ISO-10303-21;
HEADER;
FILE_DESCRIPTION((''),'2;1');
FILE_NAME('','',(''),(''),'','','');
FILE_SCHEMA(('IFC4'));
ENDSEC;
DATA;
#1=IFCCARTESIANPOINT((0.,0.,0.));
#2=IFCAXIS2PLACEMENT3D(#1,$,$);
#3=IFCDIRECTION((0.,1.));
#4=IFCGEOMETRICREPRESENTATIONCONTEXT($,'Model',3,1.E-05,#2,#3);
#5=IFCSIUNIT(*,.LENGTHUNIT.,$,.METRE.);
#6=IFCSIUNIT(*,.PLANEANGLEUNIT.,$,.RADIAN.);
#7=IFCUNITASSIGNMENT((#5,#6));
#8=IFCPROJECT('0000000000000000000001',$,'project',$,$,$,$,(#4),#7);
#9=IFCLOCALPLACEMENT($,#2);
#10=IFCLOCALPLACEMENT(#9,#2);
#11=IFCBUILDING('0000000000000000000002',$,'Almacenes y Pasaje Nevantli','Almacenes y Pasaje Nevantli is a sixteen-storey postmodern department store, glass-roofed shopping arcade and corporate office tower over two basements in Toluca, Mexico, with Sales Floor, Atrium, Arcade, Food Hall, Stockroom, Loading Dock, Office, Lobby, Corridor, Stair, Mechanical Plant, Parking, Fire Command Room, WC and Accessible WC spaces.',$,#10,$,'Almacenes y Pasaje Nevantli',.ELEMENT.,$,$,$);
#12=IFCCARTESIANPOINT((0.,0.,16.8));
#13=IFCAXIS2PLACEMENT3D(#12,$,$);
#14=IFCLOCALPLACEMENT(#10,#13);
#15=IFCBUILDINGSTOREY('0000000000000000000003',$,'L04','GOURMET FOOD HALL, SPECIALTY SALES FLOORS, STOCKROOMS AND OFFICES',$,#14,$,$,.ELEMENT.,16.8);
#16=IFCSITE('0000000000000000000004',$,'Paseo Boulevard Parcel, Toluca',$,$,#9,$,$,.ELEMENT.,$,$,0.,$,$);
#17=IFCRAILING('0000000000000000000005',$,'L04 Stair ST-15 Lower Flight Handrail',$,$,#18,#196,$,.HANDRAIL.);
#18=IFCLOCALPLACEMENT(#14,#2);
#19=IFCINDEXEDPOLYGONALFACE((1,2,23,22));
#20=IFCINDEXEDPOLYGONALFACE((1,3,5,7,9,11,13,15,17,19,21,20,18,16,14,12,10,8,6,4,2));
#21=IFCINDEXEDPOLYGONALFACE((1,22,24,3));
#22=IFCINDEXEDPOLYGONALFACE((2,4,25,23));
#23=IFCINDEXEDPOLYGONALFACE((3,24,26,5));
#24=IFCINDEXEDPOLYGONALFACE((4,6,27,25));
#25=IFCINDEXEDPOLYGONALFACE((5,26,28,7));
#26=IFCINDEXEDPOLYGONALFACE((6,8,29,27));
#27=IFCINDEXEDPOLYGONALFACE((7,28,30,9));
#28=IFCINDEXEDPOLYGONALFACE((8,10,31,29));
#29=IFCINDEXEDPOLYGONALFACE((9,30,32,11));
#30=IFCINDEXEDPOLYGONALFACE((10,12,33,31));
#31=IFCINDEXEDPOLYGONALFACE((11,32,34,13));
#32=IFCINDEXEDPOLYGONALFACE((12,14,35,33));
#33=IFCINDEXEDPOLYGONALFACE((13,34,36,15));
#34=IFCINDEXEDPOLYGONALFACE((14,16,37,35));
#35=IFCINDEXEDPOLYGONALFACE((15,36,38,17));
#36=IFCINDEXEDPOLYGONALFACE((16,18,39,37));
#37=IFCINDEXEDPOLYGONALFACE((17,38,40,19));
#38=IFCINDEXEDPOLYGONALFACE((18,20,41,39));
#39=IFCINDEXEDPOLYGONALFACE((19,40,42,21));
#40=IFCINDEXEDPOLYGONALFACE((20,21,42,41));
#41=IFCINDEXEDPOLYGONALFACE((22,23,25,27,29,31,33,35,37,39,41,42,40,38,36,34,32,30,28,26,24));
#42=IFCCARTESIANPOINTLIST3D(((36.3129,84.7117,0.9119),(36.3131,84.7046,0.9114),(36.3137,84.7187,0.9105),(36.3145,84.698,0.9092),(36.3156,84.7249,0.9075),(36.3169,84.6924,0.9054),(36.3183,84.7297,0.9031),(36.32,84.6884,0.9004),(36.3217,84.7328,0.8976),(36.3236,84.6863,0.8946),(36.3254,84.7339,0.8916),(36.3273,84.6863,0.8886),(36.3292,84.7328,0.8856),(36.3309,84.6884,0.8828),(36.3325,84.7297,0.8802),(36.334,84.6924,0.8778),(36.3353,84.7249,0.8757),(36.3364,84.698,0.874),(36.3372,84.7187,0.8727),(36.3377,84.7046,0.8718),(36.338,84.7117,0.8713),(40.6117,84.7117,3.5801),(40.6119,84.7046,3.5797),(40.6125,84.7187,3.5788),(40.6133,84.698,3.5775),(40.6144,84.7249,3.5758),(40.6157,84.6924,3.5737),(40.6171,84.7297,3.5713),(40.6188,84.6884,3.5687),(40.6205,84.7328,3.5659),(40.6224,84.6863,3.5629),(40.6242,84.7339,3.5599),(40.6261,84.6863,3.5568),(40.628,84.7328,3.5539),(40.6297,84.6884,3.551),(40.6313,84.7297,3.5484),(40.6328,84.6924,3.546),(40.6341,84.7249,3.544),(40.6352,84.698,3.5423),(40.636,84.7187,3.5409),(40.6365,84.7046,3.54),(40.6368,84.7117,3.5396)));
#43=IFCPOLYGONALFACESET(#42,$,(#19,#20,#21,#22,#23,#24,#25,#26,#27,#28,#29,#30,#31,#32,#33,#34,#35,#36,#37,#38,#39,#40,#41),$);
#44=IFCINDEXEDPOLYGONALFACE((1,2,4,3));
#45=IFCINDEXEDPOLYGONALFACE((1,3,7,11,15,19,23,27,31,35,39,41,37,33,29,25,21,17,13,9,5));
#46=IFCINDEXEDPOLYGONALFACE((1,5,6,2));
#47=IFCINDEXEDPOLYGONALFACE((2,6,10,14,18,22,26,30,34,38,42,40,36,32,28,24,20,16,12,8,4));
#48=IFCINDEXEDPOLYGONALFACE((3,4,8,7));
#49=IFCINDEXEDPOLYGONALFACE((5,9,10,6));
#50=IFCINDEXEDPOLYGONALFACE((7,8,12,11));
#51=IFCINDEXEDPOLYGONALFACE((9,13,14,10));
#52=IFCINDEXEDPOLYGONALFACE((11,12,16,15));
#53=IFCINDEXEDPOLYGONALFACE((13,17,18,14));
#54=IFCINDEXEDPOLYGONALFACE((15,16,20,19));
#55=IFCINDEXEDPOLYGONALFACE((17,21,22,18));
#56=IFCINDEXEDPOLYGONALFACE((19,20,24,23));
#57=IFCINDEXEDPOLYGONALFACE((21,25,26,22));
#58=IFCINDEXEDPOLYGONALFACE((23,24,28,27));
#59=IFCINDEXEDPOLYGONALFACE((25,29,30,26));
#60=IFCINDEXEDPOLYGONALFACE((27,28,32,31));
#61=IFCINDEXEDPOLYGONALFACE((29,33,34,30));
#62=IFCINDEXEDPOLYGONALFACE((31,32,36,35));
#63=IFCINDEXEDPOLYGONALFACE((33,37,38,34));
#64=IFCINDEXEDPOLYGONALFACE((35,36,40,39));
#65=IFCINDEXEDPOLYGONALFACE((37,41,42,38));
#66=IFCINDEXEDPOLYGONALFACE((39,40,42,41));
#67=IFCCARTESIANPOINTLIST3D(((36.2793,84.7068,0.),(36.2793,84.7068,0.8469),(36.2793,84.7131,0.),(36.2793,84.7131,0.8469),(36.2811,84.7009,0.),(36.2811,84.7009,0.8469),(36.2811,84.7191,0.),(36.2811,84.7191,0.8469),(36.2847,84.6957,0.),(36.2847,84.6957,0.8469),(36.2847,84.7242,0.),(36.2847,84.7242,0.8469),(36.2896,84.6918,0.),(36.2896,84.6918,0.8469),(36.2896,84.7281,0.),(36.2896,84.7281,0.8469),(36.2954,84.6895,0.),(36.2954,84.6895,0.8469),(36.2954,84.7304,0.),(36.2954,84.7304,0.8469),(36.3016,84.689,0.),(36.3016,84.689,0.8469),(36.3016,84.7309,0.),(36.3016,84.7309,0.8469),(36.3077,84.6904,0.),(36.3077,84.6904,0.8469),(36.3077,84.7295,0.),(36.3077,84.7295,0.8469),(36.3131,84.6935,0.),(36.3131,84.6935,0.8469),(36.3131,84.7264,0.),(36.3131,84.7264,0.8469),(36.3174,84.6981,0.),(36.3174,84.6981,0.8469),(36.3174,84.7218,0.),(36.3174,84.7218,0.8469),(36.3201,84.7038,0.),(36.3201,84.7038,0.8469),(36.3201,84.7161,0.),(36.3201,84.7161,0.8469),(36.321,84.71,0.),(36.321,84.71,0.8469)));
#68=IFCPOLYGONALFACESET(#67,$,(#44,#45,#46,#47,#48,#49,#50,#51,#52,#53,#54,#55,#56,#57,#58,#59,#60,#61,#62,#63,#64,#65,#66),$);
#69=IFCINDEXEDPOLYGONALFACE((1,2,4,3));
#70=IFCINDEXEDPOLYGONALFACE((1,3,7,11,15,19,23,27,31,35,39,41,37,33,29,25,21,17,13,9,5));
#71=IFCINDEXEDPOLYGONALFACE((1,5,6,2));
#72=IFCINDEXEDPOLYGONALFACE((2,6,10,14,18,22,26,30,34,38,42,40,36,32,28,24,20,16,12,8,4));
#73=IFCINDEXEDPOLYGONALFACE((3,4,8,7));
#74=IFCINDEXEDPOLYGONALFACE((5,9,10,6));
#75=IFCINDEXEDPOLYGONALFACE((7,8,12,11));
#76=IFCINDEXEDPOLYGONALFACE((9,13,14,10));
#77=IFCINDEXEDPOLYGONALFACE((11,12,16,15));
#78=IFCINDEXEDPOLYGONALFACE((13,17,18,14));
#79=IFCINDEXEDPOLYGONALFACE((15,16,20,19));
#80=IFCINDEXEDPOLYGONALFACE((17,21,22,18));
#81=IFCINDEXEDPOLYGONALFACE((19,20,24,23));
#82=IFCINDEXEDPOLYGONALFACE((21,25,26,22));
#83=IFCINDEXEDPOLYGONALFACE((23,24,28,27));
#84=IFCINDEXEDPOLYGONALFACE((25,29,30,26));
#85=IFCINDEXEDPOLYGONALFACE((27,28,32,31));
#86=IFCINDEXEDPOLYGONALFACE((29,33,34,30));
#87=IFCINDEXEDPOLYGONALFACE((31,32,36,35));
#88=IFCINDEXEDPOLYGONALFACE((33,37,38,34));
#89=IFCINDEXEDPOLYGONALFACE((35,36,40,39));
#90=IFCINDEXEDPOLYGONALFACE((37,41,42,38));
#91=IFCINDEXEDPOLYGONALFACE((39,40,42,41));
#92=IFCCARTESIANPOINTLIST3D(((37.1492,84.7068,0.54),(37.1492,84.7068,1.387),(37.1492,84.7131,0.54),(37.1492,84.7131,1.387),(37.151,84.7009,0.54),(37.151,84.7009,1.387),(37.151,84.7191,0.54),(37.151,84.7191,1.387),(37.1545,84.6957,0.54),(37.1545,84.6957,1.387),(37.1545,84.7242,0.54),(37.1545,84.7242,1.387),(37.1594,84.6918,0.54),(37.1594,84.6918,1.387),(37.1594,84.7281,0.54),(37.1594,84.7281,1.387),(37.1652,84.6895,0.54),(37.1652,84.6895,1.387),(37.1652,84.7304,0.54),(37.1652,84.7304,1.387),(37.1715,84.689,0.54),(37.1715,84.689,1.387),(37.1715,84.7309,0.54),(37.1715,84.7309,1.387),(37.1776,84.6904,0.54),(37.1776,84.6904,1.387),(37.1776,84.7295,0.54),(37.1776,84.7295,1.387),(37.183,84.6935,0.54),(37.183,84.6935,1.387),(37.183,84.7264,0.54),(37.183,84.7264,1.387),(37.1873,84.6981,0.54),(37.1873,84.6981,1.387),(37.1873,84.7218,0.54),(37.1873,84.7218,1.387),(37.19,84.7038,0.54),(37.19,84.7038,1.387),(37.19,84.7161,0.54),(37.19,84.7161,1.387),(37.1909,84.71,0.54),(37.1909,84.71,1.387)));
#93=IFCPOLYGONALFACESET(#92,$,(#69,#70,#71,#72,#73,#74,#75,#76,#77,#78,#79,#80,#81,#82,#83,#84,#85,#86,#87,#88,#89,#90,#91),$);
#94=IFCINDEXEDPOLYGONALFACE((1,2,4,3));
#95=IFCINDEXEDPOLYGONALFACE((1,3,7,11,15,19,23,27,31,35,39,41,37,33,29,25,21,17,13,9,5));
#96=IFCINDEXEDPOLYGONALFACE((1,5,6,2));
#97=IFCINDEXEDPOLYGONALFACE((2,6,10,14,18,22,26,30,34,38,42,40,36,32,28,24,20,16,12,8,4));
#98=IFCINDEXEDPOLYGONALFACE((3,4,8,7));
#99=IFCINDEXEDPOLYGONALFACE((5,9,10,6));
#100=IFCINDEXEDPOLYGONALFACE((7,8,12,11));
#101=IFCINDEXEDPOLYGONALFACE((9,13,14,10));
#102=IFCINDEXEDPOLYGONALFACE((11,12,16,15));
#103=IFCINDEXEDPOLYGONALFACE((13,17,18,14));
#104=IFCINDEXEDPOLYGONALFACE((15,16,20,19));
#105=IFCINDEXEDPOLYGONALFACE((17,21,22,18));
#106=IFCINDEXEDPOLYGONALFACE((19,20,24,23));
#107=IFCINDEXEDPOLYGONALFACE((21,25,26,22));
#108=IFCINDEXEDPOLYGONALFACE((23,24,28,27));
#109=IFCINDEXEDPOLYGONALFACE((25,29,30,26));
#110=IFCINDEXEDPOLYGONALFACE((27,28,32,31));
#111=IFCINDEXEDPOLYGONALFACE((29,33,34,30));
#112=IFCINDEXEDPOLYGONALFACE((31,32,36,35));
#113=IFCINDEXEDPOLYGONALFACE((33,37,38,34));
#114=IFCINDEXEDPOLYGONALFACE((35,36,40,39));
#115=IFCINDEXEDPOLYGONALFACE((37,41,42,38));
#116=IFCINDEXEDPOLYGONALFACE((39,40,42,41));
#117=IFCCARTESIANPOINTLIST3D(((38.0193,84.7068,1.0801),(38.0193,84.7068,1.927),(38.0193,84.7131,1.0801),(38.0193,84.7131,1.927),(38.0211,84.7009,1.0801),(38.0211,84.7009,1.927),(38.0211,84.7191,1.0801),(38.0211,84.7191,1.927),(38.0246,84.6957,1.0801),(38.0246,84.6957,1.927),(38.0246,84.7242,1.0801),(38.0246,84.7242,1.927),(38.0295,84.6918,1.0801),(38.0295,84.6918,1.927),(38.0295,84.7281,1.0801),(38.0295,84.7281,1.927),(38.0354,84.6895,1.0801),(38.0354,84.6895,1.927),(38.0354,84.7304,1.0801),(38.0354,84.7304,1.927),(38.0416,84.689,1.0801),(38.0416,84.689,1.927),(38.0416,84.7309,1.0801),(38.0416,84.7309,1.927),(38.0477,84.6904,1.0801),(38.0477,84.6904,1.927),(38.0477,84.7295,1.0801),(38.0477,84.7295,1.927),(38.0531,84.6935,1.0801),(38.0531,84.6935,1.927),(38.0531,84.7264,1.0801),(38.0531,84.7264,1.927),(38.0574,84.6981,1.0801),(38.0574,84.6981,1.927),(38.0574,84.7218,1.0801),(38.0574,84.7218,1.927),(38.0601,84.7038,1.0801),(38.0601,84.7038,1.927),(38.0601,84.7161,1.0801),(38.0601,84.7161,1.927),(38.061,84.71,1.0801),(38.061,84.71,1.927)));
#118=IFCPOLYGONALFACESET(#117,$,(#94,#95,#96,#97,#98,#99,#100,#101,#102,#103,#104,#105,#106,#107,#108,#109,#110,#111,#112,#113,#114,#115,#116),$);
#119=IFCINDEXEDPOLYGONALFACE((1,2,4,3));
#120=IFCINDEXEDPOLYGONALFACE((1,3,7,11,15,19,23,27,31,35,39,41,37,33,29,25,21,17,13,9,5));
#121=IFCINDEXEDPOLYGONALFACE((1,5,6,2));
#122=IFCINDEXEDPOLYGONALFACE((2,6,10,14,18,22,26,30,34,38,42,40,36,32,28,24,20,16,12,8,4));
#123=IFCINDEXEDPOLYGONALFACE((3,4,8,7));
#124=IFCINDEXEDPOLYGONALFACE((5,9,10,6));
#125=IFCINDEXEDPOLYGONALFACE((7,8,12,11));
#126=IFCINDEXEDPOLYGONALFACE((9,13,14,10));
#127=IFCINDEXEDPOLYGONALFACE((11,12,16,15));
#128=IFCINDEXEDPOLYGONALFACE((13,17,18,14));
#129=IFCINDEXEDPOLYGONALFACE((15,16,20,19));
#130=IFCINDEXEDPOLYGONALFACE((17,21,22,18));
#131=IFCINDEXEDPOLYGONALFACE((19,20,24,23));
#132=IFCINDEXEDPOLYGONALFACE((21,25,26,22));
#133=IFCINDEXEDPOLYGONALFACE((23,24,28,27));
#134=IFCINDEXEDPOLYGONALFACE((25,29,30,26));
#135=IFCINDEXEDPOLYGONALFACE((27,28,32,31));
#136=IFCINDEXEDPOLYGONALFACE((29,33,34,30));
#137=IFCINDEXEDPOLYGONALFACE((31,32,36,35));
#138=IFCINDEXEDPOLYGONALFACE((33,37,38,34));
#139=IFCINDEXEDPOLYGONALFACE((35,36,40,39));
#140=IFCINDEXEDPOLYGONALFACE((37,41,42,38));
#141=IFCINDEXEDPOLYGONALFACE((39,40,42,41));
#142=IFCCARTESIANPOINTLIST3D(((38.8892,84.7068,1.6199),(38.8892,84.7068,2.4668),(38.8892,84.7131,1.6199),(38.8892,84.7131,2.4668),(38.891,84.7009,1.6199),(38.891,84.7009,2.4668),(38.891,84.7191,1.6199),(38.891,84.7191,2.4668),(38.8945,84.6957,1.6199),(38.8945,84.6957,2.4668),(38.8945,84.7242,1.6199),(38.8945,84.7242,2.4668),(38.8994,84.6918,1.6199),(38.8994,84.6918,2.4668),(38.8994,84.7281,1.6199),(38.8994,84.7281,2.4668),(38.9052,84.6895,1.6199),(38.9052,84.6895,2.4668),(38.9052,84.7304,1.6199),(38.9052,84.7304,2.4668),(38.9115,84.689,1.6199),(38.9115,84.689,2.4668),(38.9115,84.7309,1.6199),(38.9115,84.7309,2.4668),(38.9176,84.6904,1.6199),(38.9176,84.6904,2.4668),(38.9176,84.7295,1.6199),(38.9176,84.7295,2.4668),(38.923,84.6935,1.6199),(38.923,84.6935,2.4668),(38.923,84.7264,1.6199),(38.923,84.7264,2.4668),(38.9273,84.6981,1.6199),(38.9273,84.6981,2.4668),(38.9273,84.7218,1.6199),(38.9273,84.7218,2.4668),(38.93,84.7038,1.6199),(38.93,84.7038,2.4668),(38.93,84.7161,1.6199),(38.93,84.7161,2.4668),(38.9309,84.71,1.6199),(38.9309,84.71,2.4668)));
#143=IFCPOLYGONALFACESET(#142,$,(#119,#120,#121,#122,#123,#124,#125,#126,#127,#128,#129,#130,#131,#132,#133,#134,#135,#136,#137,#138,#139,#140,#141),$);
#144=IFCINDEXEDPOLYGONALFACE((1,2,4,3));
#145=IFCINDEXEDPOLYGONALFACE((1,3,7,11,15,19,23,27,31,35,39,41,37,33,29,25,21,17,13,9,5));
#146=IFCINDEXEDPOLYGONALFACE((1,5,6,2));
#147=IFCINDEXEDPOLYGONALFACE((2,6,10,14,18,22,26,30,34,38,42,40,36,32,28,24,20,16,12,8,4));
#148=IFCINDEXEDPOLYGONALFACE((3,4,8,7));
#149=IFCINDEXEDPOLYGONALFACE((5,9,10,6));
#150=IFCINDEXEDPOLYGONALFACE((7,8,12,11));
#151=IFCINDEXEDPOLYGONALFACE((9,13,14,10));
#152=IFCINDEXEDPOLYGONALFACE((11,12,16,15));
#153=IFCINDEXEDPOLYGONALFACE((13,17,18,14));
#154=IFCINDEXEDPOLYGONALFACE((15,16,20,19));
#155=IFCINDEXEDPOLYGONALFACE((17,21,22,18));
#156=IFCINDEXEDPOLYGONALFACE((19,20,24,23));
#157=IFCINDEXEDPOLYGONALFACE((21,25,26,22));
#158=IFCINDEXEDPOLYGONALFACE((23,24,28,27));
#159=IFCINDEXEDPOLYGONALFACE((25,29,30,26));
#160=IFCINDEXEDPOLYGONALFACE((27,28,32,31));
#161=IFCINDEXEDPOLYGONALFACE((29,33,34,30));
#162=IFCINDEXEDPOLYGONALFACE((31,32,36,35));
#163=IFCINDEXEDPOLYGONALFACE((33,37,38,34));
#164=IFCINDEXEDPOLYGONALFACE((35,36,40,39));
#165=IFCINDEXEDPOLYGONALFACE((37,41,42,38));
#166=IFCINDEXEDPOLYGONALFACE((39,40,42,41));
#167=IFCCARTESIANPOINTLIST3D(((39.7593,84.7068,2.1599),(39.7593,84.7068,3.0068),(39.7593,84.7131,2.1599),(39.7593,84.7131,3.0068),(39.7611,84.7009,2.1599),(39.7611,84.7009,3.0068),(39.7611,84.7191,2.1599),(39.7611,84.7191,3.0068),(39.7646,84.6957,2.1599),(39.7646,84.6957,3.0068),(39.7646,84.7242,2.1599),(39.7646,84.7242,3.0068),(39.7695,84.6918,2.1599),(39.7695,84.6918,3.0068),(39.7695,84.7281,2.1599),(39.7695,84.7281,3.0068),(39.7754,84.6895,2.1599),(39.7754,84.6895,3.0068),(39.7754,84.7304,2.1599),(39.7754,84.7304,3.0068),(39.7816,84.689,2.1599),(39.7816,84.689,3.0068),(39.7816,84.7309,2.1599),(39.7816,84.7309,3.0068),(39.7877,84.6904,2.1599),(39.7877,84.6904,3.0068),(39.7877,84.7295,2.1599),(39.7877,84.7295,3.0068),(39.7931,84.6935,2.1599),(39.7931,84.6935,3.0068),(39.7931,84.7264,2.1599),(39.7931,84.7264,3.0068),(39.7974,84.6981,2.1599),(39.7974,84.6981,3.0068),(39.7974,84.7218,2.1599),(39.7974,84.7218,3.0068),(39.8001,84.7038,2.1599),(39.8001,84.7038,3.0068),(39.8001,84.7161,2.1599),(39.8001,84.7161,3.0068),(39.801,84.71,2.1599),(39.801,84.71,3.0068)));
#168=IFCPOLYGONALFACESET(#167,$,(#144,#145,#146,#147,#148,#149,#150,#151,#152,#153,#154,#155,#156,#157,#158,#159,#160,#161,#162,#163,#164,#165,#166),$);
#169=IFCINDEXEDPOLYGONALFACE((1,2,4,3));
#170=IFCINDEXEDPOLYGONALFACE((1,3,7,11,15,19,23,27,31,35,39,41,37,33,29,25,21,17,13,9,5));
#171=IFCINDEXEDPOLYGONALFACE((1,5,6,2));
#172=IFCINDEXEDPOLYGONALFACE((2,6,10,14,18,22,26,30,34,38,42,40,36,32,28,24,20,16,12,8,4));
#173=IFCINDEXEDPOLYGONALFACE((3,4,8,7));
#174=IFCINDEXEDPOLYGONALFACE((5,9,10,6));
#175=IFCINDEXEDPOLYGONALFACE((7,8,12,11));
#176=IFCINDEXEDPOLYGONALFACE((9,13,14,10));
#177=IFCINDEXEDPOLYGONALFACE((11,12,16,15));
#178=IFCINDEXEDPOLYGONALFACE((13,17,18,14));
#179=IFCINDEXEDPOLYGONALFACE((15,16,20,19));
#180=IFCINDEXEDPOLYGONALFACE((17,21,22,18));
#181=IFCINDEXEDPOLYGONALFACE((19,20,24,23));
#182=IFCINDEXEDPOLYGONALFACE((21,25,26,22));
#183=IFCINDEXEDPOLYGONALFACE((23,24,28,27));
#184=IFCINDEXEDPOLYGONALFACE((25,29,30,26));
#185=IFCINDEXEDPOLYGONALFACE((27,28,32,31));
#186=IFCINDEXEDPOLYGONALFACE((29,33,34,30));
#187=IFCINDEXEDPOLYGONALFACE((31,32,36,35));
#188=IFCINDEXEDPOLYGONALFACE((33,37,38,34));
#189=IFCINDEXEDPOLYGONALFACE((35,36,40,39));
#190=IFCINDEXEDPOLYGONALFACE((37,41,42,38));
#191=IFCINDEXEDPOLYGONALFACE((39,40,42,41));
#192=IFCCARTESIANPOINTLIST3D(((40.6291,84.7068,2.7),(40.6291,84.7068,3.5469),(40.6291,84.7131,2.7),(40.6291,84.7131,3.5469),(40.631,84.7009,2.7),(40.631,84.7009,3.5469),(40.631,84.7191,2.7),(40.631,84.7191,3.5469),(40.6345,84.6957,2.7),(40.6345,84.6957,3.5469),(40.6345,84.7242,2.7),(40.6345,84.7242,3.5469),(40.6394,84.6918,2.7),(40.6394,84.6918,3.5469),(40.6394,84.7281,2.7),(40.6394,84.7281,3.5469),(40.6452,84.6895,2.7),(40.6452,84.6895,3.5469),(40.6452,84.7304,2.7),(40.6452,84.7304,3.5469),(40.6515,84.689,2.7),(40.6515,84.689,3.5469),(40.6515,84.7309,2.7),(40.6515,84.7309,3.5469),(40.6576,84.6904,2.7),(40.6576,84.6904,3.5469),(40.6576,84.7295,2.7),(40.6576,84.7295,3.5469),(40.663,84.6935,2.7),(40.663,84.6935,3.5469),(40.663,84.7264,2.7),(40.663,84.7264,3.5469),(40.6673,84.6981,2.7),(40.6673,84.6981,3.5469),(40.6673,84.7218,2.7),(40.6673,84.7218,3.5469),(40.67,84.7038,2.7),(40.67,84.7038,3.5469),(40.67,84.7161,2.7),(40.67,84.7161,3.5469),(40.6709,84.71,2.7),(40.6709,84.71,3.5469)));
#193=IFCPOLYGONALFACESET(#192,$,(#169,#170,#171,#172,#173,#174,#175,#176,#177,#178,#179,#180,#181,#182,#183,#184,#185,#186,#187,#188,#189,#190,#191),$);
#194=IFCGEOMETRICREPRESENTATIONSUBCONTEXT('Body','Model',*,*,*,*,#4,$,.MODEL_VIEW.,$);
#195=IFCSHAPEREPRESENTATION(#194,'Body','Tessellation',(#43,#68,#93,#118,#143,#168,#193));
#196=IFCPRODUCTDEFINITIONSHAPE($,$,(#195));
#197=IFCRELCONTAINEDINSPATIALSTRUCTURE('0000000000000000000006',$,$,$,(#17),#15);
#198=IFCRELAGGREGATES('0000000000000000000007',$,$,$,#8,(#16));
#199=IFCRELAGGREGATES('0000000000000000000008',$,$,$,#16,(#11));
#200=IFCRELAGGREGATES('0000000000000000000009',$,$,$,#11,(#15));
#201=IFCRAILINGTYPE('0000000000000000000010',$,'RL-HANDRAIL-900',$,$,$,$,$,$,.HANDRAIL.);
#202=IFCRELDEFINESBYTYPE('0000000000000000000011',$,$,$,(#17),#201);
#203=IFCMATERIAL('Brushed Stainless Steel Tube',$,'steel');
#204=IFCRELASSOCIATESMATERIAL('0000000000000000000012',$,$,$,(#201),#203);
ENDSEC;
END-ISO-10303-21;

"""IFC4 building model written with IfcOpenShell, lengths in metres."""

from ifc_helpers import new_model, si_unit, direction, frame, origin, origin_2d, place, context, subcontext, project, spatial, circle, extrude, material, type_object, element, save


model = new_model("IFC4")

# Units and contexts
model_context = context("Model", 3, precision=1e-05, world=origin(), true_north=direction((0.0, 1.0)))
body_context = subcontext(model_context, "Body", "Model", "MODEL_VIEW")
ifc_project = project(units=[si_unit("LENGTHUNIT", "METRE"), si_unit("PLANEANGLEUNIT", "RADIAN")], contexts=[model_context])

# Site, building, storey
site_placement = place(None, origin())
site = spatial("IfcSite", under=ifc_project, at=site_placement, Name="Paseo Boulevard Parcel, Toluca", CompositionType="ELEMENT", RefElevation=0.0)
building_placement = place(site_placement, origin())
building = spatial("IfcBuilding", under=site, at=building_placement, Name="Almacenes y Pasaje Nevantli", Description="Almacenes y Pasaje Nevantli is a sixteen-storey postmodern department store, glass-roofed shopping arcade and corporate office tower over two basements in Toluca, Mexico, with Sales Floor, Atrium, Arcade, Food Hall, Stockroom, Loading Dock, Office, Lobby, Corridor, Stair, Mechanical Plant, Parking, Fire Command Room, WC and Accessible WC spaces.", LongName="Almacenes y Pasaje Nevantli", CompositionType="ELEMENT")
storey_placement = place(building_placement, frame((0.0, 0.0, 16.8)))
storey = spatial("IfcBuildingStorey", under=building, at=storey_placement, Name="L04", Description="GOURMET FOOD HALL, SPECIALTY SALES FLOORS, STOCKROOMS AND OFFICES", CompositionType="ELEMENT", Elevation=16.8)

# Railing
ifc_material_1 = material(Name="Brushed Stainless Steel Tube", Category="steel")
railing_type_1 = type_object("IfcRailingType", Name="RL-HANDRAIL-900", PredefinedType="HANDRAIL", material=ifc_material_1)
railing_1_placement = place(storey_placement, frame((36.3, 84.71, 0.0)))
element("IfcRailing", 1, at=railing_1_placement, inside=storey, type_object=railing_type_1, Name="L04 Stair ST-15 Lower Flight Handrail", PredefinedType="HANDRAIL", context=body_context, shape_type="SweptSolid", body=[
    extrude(circle(Radius=0.0239, at=origin_2d()), frame((0.0254, 0.0, 0.8916), z_axis=(0.849636, 0.0, 0.527369), x_axis=(0.0, 1.0, 0.0)), (0.0, 0.0, 1.0), 5.0596),
    extrude(circle(Radius=0.021, at=origin_2d()), origin(), (0.0, 0.0, 1.0), 0.8469),
    extrude(circle(Radius=0.021, at=origin_2d()), frame((0.8699, 0.0, 0.54)), (0.0, 0.0, 1.0), 0.8469),
    extrude(circle(Radius=0.021, at=origin_2d()), frame((1.74, 0.0, 1.0801)), (0.0, 0.0, 1.0), 0.8469),
    extrude(circle(Radius=0.021, at=origin_2d()), frame((2.6099, 0.0, 1.6199)), (0.0, 0.0, 1.0), 0.8469),
    extrude(circle(Radius=0.021, at=origin_2d()), frame((3.48, 0.0, 2.1599)), (0.0, 0.0, 1.0), 0.8469),
    extrude(circle(Radius=0.021, at=origin_2d()), frame((4.3499, 0.0, 2.7)), (0.0, 0.0, 1.0), 0.8469),
])

save(model, "model.ifc")
